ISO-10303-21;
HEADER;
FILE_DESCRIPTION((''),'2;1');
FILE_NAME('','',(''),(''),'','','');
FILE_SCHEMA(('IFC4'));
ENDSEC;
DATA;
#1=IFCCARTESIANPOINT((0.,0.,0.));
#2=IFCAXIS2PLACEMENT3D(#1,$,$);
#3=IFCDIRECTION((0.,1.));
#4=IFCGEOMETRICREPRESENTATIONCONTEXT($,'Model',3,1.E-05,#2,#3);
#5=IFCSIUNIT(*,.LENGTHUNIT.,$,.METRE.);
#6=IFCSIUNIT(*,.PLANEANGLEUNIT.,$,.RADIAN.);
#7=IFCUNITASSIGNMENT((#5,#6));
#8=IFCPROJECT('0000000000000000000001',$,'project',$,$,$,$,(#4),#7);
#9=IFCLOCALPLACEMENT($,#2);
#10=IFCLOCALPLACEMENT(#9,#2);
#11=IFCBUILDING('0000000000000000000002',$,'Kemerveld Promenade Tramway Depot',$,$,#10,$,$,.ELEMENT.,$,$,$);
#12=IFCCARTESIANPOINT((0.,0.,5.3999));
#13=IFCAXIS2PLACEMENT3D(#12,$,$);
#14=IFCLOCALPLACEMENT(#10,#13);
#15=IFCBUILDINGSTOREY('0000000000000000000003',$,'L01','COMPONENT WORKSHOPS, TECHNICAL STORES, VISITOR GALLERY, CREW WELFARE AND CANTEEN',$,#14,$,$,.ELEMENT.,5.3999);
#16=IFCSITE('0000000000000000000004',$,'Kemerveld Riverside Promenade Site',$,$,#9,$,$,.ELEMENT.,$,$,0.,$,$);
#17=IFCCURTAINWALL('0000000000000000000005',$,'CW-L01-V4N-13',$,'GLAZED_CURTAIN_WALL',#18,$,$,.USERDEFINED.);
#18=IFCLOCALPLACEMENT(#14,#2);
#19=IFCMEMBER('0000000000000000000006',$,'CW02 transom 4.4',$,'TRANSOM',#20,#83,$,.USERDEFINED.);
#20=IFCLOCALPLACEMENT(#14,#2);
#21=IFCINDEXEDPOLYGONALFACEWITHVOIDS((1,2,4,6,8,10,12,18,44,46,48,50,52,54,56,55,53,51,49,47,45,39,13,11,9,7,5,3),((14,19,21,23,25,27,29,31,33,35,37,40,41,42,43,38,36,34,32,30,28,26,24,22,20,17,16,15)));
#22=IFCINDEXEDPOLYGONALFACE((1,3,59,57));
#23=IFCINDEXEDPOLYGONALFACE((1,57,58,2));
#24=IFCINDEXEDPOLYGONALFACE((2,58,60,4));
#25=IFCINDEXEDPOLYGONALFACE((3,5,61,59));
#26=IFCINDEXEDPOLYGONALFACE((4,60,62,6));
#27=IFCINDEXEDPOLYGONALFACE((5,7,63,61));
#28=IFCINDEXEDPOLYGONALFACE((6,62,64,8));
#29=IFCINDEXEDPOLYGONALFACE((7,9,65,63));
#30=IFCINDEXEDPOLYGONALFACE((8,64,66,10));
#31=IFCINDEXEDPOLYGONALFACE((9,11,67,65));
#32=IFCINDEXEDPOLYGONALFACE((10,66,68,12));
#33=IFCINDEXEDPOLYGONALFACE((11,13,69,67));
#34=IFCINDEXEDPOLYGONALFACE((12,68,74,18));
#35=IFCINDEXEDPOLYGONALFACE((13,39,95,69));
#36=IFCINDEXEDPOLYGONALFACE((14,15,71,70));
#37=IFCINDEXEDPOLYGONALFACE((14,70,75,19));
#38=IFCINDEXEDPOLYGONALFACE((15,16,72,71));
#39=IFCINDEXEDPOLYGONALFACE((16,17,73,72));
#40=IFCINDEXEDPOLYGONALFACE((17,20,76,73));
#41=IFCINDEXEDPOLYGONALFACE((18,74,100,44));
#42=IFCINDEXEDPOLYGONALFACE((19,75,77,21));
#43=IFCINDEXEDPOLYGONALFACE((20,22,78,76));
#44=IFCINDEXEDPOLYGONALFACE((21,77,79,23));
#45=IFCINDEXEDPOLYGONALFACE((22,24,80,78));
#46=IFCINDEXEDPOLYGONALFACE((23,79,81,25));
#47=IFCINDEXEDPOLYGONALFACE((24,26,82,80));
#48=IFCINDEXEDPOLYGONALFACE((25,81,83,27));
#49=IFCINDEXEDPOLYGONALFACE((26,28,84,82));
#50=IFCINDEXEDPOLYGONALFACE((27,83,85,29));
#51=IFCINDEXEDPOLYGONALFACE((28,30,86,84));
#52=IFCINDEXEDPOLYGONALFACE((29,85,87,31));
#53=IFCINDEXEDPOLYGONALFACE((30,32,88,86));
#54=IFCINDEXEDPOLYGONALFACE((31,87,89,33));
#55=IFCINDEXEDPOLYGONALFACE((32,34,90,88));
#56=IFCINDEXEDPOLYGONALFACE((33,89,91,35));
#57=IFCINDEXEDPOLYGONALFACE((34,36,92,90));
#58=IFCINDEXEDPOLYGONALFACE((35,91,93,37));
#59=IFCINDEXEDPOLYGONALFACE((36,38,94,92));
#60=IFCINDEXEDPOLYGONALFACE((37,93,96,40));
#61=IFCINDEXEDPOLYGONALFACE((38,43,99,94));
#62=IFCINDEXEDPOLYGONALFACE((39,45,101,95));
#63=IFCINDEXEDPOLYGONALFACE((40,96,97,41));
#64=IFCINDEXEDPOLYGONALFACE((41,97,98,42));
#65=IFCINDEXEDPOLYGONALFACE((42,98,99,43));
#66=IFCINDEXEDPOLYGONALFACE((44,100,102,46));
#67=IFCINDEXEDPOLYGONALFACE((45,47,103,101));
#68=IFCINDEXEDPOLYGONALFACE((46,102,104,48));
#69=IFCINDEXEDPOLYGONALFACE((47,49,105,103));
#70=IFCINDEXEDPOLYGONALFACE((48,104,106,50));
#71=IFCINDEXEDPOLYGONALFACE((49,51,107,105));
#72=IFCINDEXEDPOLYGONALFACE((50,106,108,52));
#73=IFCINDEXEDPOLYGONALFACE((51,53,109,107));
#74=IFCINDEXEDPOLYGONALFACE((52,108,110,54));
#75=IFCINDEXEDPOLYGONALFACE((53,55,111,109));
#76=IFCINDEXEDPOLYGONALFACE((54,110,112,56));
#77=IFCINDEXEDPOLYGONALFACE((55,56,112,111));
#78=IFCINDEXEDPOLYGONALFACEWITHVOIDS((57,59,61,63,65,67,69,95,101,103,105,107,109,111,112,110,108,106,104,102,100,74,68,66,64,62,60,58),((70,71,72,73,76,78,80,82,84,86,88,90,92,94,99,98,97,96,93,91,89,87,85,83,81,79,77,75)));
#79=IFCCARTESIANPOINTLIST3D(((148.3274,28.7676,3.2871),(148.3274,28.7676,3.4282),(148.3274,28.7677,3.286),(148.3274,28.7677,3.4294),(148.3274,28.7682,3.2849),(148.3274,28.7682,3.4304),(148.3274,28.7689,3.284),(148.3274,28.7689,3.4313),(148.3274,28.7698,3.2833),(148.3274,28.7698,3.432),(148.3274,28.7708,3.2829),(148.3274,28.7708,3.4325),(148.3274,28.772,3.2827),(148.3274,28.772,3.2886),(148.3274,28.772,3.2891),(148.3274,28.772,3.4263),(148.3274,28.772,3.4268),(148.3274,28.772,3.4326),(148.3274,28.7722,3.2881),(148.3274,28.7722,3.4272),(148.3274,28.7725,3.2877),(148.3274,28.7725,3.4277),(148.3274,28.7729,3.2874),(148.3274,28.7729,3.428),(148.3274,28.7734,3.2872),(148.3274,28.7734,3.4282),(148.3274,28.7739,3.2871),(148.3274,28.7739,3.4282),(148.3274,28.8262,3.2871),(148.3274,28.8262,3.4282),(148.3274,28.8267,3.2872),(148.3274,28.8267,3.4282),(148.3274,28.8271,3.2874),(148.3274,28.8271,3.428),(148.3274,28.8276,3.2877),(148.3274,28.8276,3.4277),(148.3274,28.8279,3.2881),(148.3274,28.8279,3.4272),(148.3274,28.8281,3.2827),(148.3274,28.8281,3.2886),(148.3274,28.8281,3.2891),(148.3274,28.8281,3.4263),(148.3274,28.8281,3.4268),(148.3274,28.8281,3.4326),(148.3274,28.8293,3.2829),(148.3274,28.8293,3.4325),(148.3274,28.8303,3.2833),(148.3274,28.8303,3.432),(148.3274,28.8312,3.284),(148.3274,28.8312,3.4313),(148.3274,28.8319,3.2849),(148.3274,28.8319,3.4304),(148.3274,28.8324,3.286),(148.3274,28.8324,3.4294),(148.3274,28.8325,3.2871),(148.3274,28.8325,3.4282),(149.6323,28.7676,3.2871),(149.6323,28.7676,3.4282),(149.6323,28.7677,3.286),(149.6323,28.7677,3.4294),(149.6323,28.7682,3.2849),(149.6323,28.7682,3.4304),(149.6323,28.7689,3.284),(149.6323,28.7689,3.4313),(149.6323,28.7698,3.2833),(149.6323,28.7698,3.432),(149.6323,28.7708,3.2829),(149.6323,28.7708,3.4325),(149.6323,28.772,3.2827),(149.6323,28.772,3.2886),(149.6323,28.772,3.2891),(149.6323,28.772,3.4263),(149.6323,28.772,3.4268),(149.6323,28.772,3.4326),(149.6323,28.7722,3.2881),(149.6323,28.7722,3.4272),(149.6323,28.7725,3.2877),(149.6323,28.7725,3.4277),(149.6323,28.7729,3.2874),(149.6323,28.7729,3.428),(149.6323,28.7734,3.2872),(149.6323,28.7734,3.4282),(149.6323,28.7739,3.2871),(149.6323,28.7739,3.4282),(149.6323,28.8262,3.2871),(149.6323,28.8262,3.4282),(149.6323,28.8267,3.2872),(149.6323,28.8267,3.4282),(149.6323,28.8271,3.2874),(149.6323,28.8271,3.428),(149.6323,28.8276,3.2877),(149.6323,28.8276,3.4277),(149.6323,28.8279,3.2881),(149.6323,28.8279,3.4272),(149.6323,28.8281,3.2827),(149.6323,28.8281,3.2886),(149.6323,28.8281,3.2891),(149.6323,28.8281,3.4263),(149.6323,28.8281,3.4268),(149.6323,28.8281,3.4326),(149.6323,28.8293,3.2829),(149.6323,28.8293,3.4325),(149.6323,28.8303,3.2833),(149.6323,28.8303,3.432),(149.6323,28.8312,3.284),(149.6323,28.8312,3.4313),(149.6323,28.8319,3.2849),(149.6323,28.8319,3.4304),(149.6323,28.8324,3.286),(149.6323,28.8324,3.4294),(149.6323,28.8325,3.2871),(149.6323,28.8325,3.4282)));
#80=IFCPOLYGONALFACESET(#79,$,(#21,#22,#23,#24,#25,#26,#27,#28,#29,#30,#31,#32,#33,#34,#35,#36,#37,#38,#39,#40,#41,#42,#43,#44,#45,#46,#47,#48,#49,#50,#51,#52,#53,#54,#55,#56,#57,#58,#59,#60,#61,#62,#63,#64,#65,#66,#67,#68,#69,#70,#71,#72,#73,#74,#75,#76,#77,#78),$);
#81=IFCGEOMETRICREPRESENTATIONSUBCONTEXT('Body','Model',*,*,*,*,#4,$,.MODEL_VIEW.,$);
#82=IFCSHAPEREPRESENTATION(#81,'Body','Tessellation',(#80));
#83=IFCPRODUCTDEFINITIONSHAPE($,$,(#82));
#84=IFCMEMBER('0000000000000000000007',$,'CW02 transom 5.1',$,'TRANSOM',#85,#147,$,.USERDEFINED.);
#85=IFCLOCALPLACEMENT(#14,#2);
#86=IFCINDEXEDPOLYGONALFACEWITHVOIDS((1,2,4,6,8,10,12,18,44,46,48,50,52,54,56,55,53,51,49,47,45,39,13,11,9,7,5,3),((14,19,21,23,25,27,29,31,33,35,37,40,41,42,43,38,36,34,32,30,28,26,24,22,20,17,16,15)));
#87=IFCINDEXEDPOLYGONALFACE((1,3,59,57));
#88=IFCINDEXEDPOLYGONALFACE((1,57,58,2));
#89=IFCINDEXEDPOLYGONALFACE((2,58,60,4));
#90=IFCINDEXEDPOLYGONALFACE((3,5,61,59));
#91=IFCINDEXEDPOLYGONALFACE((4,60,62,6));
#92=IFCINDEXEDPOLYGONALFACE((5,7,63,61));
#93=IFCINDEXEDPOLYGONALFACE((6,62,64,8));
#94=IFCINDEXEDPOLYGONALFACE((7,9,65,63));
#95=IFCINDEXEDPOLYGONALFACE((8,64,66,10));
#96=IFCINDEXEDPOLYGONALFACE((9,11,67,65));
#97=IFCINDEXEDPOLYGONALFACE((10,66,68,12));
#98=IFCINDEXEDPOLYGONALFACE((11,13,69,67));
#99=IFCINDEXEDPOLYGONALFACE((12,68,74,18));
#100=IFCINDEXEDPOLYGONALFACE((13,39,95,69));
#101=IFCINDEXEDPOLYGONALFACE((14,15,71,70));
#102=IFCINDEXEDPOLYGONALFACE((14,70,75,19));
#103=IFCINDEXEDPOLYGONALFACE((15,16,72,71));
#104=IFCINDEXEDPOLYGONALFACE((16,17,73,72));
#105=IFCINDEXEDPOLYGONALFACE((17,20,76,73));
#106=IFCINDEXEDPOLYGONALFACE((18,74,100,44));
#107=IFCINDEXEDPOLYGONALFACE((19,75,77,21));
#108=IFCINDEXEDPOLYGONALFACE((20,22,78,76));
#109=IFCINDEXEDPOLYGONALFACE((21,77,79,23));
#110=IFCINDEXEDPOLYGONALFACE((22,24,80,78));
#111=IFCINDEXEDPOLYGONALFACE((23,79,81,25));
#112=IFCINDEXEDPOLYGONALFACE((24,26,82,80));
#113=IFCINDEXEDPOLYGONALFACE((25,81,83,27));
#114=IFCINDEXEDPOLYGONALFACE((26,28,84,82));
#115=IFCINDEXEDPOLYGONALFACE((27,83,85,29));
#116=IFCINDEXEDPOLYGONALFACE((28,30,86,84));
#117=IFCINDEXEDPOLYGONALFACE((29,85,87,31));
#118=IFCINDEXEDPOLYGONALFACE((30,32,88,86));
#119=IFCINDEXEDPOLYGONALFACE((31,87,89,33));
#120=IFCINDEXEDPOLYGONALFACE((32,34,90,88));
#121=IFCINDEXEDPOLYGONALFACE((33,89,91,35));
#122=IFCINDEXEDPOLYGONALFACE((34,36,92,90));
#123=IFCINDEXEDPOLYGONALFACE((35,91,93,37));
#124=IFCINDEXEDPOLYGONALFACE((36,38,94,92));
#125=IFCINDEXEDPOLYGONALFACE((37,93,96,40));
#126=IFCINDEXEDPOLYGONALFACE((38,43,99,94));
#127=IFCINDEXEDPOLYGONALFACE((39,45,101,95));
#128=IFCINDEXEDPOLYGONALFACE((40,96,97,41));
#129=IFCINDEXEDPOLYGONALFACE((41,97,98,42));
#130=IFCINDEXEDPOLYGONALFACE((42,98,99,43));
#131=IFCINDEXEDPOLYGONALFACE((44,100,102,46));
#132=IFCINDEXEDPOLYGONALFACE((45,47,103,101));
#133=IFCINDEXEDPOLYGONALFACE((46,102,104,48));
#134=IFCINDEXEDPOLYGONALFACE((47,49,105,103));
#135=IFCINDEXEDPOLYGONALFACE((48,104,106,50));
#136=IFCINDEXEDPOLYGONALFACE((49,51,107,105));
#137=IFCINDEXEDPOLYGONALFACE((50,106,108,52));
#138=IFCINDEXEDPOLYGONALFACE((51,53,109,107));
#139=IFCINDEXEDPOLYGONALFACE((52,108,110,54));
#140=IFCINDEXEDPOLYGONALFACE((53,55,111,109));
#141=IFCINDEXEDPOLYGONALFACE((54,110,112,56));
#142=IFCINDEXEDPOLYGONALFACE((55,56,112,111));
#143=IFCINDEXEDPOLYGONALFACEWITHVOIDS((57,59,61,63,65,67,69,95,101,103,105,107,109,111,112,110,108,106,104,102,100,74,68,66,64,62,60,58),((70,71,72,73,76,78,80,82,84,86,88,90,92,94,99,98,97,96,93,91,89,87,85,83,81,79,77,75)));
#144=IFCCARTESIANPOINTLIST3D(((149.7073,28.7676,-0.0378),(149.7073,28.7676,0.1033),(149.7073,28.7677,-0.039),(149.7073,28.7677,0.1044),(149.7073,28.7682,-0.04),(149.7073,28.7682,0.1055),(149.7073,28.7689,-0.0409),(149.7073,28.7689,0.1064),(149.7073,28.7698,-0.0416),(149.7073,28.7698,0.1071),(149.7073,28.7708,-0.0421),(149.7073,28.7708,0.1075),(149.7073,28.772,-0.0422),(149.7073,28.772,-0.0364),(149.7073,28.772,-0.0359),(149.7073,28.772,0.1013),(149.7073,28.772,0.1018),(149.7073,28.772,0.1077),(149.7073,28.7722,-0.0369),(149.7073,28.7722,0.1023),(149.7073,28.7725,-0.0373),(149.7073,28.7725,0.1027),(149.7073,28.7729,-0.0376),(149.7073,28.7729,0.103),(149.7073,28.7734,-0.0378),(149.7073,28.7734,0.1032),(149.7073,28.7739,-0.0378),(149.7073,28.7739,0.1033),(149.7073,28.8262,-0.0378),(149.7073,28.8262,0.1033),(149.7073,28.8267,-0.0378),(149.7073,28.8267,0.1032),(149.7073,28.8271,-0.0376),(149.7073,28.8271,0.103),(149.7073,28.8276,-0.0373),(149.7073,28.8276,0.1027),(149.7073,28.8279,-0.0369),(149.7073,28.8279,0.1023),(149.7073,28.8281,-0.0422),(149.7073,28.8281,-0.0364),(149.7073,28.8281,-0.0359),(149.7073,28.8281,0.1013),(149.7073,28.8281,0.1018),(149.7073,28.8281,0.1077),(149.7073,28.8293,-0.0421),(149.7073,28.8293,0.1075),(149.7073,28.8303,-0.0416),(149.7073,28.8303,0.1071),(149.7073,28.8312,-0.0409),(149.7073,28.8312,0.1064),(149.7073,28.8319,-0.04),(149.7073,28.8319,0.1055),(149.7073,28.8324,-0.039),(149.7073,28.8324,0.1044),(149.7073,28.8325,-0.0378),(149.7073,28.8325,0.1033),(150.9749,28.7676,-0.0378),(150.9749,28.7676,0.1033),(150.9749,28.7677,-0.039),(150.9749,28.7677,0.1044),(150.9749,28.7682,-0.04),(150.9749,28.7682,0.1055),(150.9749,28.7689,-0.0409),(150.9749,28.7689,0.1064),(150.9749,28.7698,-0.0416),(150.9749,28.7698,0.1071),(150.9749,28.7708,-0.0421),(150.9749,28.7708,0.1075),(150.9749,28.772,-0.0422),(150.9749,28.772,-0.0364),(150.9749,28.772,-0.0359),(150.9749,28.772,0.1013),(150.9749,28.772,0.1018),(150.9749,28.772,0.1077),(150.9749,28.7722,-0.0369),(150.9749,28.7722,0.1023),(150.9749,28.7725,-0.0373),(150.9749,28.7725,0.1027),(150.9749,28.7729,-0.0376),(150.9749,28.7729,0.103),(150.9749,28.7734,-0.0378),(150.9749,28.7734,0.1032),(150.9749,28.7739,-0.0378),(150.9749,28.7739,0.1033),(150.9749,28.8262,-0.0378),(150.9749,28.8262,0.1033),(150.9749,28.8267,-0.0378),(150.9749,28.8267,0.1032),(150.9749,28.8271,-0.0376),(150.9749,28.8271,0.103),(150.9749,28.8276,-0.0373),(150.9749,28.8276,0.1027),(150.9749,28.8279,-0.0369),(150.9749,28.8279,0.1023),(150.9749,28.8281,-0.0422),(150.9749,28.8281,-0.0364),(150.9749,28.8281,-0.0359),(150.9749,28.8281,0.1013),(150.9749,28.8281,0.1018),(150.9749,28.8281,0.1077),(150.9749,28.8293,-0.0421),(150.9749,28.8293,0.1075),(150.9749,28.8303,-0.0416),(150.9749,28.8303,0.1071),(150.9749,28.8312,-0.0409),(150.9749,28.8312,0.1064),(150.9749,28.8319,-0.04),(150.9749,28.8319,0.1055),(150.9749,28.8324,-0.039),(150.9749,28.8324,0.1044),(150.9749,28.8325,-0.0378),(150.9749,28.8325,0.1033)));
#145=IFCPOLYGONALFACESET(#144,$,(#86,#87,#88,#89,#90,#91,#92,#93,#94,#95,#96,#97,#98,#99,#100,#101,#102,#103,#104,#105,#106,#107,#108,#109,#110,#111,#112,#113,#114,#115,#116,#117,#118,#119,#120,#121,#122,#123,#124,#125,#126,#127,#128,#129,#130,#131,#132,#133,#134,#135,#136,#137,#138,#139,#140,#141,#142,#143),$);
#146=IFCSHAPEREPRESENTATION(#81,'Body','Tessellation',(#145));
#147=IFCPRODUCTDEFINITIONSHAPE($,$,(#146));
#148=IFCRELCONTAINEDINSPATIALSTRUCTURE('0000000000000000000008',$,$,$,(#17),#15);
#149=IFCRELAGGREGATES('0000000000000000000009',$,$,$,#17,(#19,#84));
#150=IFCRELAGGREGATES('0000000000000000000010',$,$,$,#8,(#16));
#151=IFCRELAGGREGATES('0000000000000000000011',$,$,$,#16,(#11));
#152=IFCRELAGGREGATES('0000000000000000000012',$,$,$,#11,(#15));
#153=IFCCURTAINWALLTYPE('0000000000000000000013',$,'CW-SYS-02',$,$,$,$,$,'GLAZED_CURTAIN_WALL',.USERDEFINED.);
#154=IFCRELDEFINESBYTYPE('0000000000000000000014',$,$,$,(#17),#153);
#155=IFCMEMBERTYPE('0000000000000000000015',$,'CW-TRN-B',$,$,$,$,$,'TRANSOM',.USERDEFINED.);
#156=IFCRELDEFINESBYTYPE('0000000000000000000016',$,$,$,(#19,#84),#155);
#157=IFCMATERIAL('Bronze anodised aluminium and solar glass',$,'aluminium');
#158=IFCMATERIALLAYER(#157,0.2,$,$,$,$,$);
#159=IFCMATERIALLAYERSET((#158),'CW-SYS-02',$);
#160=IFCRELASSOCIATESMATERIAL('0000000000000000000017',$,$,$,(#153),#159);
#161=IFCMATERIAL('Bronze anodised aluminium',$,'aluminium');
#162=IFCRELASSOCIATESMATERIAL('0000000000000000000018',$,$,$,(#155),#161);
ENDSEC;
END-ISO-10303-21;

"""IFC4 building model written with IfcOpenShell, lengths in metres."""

from ifc_helpers import new_model, si_unit, direction, frame, origin, origin_2d, place, context, subcontext, project, spatial, hollow_rectangle, extrude, material, layer, layer_set, material_profile, profile_set, type_object, element, aggregate, save


model = new_model("IFC4")

# Units and contexts
model_context = context("Model", 3, precision=1e-05, world=origin(), true_north=direction((0.0, 1.0)))
body_context = subcontext(model_context, "Body", "Model", "MODEL_VIEW")
ifc_project = project(units=[si_unit("LENGTHUNIT", "METRE"), si_unit("PLANEANGLEUNIT", "RADIAN")], contexts=[model_context])

# Site, building, storey
site_placement = place(None, origin())
site = spatial("IfcSite", under=ifc_project, at=site_placement, Name="Kemerveld Riverside Promenade Site", CompositionType="ELEMENT", RefElevation=0.0)
building_placement = place(site_placement, origin())
building = spatial("IfcBuilding", under=site, at=building_placement, Name="Kemerveld Promenade Tramway Depot", CompositionType="ELEMENT")
storey_placement = place(building_placement, frame((0.0, 0.0, 5.3999)))
storey = spatial("IfcBuildingStorey", under=building, at=storey_placement, Name="L01", Description="COMPONENT WORKSHOPS, TECHNICAL STORES, VISITOR GALLERY, CREW WELFARE AND CANTEEN", CompositionType="ELEMENT", Elevation=5.3999)

# Curtain wall, members
ifc_material_1 = material(Name="Bronze anodised aluminium and solar glass", Category="aluminium")
ifc_layer_1 = layer(ifc_material_1, 0.2)
ifc_layer_set_1 = layer_set([ifc_layer_1], Name="CW-SYS-02")
curtain_wall_type = type_object("IfcCurtainWallType", Name="CW-SYS-02", ElementType="GLAZED_CURTAIN_WALL", PredefinedType="USERDEFINED", material=ifc_layer_set_1)
curtain_wall_placement = place(storey_placement, origin())
curtain_wall = element("IfcCurtainWall", 1, at=curtain_wall_placement, inside=storey, type_object=curtain_wall_type, Name="CW-L01-V4N-13", ObjectType="GLAZED_CURTAIN_WALL", PredefinedType="USERDEFINED")
ifc_material_2 = material(Name="Bronze anodised aluminium", Category="aluminium")
ifc_material_profile_1 = material_profile(ifc_material_2, hollow_rectangle(XDim=0.0649, YDim=0.1499, WallThickness=0.0044, InnerFilletRadius=0.002, OuterFilletRadius=0.0044, at=origin_2d()), Name="CW-TRN-150x65")
ifc_profile_set_1 = profile_set([ifc_material_profile_1], Name="Bronze anodised aluminium")
member_type_1 = type_object("IfcMemberType", Name="CW-TRN-B", ElementType="TRANSOM", PredefinedType="USERDEFINED", material=ifc_profile_set_1)
member_1_placement = place(storey_placement, frame((148.3274, 28.8, 3.3577), z_axis=(1.0, 0.0, 0.0), x_axis=(0.0, 1.0, 0.0)))
member_1 = element("IfcMember", 2, at=member_1_placement, type_object=member_type_1, Name="CW02 transom 4.4", ObjectType="TRANSOM", PredefinedType="USERDEFINED", context=body_context, shape_type="SweptSolid", body=[
    extrude(hollow_rectangle(XDim=0.0649, YDim=0.1499, WallThickness=0.0044, InnerFilletRadius=0.002, OuterFilletRadius=0.0044, at=origin_2d()), origin(), (0.0, 0.0, 1.0), 1.3049),
])
member_2_placement = place(storey_placement, frame((149.7073, 28.8, 0.0327), z_axis=(1.0, 0.0, 0.0), x_axis=(0.0, 1.0, 0.0)))
member_2 = element("IfcMember", 3, at=member_2_placement, type_object=member_type_1, Name="CW02 transom 5.1", ObjectType="TRANSOM", PredefinedType="USERDEFINED", context=body_context, shape_type="SweptSolid", body=[
    extrude(hollow_rectangle(XDim=0.0649, YDim=0.1499, WallThickness=0.0044, InnerFilletRadius=0.002, OuterFilletRadius=0.0044, at=origin_2d()), origin(), (0.0, 0.0, 1.0), 1.2676),
])
aggregate(curtain_wall, [member_1, member_2])

save(model, "model.ifc")
